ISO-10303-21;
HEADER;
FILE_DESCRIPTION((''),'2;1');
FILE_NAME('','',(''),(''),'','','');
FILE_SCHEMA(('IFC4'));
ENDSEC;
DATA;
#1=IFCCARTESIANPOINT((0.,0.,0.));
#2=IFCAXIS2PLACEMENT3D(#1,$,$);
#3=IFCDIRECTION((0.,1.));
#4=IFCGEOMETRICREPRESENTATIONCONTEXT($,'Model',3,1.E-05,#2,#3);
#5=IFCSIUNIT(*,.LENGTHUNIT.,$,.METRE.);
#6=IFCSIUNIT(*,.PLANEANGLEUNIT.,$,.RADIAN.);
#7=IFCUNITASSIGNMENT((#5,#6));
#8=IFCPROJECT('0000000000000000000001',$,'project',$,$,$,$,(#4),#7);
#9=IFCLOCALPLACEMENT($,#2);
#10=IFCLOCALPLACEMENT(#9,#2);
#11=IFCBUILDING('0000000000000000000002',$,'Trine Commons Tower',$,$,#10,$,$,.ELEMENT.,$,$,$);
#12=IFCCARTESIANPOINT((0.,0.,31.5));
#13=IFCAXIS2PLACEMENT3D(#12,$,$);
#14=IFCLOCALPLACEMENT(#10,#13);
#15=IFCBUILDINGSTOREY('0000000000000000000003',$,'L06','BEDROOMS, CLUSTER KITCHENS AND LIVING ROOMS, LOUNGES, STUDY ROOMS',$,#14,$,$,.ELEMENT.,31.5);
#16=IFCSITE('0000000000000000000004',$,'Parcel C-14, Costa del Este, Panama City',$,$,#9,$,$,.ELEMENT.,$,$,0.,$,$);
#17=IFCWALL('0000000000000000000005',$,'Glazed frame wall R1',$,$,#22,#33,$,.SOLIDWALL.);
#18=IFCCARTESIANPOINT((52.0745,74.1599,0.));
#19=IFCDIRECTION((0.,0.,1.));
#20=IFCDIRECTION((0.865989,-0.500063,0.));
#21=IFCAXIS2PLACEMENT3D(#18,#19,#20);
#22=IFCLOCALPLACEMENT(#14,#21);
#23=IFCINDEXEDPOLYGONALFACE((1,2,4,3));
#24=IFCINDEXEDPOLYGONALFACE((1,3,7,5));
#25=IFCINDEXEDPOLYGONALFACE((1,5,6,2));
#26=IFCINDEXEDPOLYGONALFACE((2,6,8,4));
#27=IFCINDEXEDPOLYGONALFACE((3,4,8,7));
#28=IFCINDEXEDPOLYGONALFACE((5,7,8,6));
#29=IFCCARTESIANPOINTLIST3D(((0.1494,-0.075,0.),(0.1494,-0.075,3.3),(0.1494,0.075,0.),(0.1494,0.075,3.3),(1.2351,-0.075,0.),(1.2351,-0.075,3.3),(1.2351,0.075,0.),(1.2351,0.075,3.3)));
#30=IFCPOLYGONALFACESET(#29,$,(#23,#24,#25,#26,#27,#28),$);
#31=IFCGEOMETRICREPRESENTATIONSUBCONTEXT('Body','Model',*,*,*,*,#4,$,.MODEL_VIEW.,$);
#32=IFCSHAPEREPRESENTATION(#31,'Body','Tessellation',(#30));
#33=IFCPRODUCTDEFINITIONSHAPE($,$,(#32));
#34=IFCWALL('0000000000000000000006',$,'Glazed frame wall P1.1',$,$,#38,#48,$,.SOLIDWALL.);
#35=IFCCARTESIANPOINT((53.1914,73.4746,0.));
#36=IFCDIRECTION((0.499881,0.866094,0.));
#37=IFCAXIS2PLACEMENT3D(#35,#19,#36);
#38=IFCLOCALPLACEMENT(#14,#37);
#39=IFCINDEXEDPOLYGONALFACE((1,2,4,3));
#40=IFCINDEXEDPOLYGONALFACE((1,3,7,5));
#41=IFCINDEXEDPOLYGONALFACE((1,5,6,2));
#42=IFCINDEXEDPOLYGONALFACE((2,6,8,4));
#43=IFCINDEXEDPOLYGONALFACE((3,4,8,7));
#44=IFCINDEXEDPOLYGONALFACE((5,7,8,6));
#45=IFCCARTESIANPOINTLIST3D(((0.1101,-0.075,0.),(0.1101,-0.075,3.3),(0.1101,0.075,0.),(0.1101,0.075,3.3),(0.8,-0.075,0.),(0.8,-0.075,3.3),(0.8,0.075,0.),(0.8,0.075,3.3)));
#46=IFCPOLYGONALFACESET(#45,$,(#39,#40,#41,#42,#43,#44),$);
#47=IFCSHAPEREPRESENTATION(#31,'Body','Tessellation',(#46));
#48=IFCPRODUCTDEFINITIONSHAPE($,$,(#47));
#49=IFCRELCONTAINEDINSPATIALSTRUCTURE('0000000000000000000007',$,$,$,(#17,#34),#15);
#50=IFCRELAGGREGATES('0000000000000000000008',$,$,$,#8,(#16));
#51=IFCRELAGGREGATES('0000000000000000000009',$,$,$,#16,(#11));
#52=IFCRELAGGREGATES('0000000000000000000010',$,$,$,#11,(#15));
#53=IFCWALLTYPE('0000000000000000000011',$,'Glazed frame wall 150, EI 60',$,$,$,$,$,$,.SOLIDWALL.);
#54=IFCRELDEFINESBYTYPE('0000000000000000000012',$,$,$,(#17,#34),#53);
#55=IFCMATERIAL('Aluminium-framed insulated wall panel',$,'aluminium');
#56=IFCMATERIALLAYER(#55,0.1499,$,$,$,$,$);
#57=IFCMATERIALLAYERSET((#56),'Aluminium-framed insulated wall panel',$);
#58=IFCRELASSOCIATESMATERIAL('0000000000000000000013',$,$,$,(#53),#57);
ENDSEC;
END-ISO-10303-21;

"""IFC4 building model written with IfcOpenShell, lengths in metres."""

from ifc_helpers import new_model, si_unit, direction, frame, origin, place, context, subcontext, project, spatial, polyline, outline, extrude, material, layer, layer_set, type_object, element, save


model = new_model("IFC4")

# Units and contexts
model_context = context("Model", 3, precision=1e-05, world=origin(), true_north=direction((0.0, 1.0)))
body_context = subcontext(model_context, "Body", "Model", "MODEL_VIEW")
ifc_project = project(units=[si_unit("LENGTHUNIT", "METRE"), si_unit("PLANEANGLEUNIT", "RADIAN")], contexts=[model_context])

# Site, building, storey
site_placement = place(None, origin())
site = spatial("IfcSite", under=ifc_project, at=site_placement, Name="Parcel C-14, Costa del Este, Panama City", CompositionType="ELEMENT", RefElevation=0.0)
building_placement = place(site_placement, origin())
building = spatial("IfcBuilding", under=site, at=building_placement, Name="Trine Commons Tower", CompositionType="ELEMENT")
storey_placement = place(building_placement, frame((0.0, 0.0, 31.5)))
storey = spatial("IfcBuildingStorey", under=building, at=storey_placement, Name="L06", Description="BEDROOMS, CLUSTER KITCHENS AND LIVING ROOMS, LOUNGES, STUDY ROOMS", CompositionType="ELEMENT", Elevation=31.5)

# Walls
ifc_material_1 = material(Name="Aluminium-framed insulated wall panel", Category="aluminium")
ifc_layer_1 = layer(ifc_material_1, 0.1499)
ifc_layer_set_1 = layer_set([ifc_layer_1], Name="Aluminium-framed insulated wall panel")
wall_type_1 = type_object("IfcWallType", Name="Glazed frame wall 150, EI 60", PredefinedType="SOLIDWALL", material=ifc_layer_set_1)
wall_1_placement = place(storey_placement, frame((52.0745, 74.1599, 0.0), z_axis=(0.0, 0.0, 1.0), x_axis=(0.865989, -0.500063, 0.0)))
element("IfcWall", 1, at=wall_1_placement, inside=storey, type_object=wall_type_1, Name="Glazed frame wall R1", PredefinedType="SOLIDWALL", context=body_context, shape_type="SweptSolid", body=[
    extrude(outline(polyline([(0.1494, 0.075), (0.1494, -0.075), (1.2351, -0.075), (1.2351, 0.075), (0.1494, 0.075)])), origin(), (0.0, 0.0, 1.0), 3.3),
])
wall_2_placement = place(storey_placement, frame((53.1914, 73.4746, 0.0), z_axis=(0.0, 0.0, 1.0), x_axis=(0.499881, 0.866094, 0.0)))
element("IfcWall", 2, at=wall_2_placement, inside=storey, type_object=wall_type_1, Name="Glazed frame wall P1.1", PredefinedType="SOLIDWALL", context=body_context, shape_type="SweptSolid", body=[
    extrude(outline(polyline([(0.1101, -0.075), (0.8, -0.075), (0.8, 0.075), (0.1101, 0.075), (0.1101, -0.075)])), origin(), (0.0, 0.0, 1.0), 3.3),
])

save(model, "model.ifc")
